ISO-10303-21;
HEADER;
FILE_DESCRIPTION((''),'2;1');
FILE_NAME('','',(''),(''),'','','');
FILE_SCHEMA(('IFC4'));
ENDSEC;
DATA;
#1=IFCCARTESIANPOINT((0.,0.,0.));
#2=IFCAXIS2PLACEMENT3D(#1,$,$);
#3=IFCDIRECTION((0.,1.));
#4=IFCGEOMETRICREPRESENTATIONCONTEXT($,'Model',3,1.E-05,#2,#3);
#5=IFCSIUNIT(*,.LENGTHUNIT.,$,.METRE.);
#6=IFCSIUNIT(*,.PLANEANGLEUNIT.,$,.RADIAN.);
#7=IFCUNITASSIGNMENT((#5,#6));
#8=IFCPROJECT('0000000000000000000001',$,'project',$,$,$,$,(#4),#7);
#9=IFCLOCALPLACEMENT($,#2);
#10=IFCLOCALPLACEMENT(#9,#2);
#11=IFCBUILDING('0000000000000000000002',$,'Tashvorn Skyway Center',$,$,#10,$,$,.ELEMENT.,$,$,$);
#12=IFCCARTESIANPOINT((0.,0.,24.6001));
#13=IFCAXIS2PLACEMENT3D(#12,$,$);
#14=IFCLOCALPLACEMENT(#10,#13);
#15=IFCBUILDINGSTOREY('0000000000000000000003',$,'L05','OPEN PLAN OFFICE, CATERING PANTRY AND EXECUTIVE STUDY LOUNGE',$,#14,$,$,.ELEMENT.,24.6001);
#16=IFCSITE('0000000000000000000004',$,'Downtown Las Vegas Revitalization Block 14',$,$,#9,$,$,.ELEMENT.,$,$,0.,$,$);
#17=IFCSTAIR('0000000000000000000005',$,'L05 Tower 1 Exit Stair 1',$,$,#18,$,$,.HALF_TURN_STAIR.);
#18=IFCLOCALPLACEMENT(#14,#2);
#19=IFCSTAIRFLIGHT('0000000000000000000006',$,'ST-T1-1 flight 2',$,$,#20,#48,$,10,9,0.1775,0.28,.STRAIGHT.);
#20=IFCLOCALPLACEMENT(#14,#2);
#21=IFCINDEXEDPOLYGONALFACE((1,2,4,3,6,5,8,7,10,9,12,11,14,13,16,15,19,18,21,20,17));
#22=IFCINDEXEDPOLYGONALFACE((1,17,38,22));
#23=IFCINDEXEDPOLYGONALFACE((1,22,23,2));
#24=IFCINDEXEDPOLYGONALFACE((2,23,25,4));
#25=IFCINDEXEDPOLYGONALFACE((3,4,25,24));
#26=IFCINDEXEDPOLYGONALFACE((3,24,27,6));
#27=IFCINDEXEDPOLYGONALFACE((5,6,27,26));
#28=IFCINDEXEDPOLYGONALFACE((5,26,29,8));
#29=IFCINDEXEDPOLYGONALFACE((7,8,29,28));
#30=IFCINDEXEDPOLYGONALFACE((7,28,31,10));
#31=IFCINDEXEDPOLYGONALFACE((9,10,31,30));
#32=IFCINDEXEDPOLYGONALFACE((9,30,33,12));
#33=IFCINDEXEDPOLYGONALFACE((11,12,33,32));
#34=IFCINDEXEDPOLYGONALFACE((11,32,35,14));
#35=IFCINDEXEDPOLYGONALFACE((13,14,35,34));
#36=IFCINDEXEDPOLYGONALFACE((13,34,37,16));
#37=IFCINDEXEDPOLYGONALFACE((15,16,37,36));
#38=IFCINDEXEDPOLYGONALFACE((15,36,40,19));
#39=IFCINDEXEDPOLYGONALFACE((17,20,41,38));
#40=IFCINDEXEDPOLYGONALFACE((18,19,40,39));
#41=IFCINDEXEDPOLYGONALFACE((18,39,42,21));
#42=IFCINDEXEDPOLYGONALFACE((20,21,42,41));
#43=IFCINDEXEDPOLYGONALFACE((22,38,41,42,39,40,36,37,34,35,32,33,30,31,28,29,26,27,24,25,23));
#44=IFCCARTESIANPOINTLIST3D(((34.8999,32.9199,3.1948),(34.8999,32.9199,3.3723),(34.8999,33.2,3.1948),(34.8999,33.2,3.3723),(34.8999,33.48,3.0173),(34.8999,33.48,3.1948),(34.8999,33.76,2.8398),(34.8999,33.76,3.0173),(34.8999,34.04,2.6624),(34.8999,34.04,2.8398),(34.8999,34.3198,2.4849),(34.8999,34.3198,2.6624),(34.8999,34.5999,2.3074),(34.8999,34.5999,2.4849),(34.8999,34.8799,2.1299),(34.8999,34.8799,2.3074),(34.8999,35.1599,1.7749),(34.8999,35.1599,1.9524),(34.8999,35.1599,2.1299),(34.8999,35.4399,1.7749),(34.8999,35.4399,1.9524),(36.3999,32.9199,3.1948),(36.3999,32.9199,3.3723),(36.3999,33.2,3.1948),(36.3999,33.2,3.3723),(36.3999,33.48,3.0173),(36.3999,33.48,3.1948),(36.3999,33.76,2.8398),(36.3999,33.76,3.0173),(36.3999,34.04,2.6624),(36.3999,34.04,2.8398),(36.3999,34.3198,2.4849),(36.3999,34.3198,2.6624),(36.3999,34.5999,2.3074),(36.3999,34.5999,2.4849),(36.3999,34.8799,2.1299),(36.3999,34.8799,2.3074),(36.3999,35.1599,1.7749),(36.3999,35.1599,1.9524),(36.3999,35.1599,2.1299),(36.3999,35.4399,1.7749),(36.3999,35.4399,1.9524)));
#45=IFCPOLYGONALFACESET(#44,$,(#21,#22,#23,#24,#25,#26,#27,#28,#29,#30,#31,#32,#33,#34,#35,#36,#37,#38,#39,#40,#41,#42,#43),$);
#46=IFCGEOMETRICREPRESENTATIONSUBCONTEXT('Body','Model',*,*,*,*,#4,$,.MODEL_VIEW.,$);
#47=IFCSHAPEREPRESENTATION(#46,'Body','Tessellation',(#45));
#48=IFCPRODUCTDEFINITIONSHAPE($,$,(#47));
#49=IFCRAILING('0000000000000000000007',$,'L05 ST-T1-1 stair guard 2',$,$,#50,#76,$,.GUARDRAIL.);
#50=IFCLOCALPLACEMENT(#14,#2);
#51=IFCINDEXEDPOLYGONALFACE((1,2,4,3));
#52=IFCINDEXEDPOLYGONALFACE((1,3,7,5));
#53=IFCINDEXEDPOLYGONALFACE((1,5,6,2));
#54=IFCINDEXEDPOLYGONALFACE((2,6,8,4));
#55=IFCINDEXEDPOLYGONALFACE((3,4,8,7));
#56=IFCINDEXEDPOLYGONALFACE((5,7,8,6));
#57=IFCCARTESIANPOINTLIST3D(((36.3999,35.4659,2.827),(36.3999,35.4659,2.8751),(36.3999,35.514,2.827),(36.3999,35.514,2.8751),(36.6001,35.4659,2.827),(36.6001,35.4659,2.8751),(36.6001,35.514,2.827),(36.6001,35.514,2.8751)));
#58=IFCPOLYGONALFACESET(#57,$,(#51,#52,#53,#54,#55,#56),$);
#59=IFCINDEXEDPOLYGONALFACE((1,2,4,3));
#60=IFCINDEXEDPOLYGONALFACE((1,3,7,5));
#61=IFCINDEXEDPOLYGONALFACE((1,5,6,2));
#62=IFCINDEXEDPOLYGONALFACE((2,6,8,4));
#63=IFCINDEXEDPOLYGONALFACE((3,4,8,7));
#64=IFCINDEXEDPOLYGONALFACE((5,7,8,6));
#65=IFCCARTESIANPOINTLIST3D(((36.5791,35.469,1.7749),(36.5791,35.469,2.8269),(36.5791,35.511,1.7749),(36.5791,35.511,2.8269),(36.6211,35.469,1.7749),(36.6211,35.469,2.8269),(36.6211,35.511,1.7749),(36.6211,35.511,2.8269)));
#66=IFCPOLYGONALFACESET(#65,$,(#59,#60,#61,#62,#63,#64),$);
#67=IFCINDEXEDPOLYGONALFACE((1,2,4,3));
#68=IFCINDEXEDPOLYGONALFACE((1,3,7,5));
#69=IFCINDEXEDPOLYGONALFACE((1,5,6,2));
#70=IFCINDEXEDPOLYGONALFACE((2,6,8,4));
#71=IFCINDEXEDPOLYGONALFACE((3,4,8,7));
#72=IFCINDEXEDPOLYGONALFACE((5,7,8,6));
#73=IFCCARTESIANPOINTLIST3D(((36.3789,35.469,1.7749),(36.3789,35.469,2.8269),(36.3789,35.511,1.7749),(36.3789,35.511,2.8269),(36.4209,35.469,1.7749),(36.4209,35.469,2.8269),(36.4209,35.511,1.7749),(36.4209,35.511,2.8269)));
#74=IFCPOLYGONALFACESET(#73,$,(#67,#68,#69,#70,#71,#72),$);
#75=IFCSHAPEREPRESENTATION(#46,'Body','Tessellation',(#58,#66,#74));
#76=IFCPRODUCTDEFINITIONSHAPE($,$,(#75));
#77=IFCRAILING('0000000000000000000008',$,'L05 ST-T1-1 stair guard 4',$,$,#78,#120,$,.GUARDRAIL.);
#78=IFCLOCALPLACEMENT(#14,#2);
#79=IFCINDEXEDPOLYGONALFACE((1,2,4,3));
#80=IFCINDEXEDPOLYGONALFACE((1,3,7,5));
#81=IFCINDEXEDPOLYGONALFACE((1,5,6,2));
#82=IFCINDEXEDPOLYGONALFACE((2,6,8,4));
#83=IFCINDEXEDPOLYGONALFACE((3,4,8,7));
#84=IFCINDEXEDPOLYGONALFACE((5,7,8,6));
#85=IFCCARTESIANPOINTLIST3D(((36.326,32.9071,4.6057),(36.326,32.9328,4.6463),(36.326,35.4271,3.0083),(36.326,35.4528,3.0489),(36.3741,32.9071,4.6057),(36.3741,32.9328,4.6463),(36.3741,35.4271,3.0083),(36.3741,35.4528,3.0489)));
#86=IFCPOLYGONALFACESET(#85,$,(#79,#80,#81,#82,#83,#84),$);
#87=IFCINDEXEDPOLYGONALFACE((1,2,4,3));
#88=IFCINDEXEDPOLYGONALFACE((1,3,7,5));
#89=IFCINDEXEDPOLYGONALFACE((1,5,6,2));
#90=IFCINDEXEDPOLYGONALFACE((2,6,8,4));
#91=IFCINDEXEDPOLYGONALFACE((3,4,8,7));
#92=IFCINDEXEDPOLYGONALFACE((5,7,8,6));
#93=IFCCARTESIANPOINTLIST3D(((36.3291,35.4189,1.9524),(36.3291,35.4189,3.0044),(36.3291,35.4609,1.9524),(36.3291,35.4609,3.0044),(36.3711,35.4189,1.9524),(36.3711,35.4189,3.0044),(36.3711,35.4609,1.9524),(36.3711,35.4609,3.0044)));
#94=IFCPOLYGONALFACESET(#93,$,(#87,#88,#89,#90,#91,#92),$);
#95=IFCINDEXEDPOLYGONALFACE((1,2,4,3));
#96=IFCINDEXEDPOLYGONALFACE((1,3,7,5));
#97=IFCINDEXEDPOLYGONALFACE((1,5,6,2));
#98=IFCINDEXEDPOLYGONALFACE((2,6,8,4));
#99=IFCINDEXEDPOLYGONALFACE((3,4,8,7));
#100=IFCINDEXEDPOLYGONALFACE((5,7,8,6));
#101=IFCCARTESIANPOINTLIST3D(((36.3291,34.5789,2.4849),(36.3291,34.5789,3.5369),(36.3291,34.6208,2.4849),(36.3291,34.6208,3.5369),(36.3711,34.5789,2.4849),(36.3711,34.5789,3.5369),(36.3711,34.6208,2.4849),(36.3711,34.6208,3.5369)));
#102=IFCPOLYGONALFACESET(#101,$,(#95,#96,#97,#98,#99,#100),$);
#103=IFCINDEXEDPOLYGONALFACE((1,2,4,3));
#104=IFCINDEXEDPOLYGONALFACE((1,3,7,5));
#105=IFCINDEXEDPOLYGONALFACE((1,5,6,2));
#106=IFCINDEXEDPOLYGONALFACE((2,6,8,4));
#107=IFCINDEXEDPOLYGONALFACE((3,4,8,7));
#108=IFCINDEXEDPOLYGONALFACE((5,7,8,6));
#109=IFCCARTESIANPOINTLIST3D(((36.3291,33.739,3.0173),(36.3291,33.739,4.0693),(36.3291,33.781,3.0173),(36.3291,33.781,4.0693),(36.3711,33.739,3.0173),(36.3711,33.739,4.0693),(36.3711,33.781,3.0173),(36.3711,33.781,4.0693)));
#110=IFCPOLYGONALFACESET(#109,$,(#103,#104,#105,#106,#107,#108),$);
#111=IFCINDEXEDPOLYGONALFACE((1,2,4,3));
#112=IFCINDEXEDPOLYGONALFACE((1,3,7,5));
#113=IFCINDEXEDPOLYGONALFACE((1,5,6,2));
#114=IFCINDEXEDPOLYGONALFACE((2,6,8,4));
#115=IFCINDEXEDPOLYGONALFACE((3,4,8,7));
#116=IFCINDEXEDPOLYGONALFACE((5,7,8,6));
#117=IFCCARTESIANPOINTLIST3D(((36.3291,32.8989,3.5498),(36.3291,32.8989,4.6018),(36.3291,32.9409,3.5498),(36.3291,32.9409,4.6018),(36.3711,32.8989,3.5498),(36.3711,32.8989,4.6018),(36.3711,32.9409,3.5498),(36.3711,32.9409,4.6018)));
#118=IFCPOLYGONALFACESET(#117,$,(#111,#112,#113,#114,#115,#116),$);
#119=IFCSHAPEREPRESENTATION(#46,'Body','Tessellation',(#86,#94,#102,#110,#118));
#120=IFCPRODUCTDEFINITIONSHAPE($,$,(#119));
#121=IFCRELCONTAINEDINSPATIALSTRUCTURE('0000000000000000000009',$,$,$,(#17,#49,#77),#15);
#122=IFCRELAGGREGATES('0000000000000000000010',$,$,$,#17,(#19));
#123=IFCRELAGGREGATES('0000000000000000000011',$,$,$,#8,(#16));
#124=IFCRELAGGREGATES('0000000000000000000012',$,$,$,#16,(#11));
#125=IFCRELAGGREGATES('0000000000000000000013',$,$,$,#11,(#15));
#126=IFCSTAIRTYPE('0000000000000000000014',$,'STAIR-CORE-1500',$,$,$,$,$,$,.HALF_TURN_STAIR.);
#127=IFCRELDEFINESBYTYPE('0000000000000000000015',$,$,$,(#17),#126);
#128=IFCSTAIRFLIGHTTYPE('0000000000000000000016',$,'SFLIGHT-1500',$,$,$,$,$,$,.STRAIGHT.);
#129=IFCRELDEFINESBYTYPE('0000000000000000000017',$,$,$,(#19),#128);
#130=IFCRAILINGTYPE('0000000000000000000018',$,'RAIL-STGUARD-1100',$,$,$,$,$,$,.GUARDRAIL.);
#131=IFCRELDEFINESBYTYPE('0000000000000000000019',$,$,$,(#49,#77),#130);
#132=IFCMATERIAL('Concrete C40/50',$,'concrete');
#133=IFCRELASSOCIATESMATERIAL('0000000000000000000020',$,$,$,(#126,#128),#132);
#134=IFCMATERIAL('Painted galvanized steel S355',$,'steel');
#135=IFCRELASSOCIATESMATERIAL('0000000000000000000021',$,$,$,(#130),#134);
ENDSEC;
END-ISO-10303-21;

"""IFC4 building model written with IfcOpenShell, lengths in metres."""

from ifc_helpers import new_model, si_unit, direction, frame, origin, origin_2d, place, context, subcontext, project, spatial, polyline, rectangle, outline, extrude, material, type_object, element, aggregate, save


model = new_model("IFC4")

# Units and contexts
model_context = context("Model", 3, precision=1e-05, world=origin(), true_north=direction((0.0, 1.0)))
body_context = subcontext(model_context, "Body", "Model", "MODEL_VIEW")
ifc_project = project(units=[si_unit("LENGTHUNIT", "METRE"), si_unit("PLANEANGLEUNIT", "RADIAN")], contexts=[model_context])

# Site, building, storey
site_placement = place(None, origin())
site = spatial("IfcSite", under=ifc_project, at=site_placement, Name="Downtown Las Vegas Revitalization Block 14", CompositionType="ELEMENT", RefElevation=0.0)
building_placement = place(site_placement, origin())
building = spatial("IfcBuilding", under=site, at=building_placement, Name="Tashvorn Skyway Center", CompositionType="ELEMENT")
storey_placement = place(building_placement, frame((0.0, 0.0, 24.6001)))
storey = spatial("IfcBuildingStorey", under=building, at=storey_placement, Name="L05", Description="OPEN PLAN OFFICE, CATERING PANTRY AND EXECUTIVE STUDY LOUNGE", CompositionType="ELEMENT", Elevation=24.6001)

# Shared definitions
ifc_material_1 = material(Name="Concrete C40/50", Category="concrete")

# Stair, stair flight
stair_type = type_object("IfcStairType", Name="STAIR-CORE-1500", PredefinedType="HALF_TURN_STAIR", material=ifc_material_1)
stair_placement = place(storey_placement, origin())
stair = element("IfcStair", 1, at=stair_placement, inside=storey, type_object=stair_type, Name="L05 Tower 1 Exit Stair 1", PredefinedType="HALF_TURN_STAIR")
stair_flight_type = type_object("IfcStairFlightType", Name="SFLIGHT-1500", PredefinedType="STRAIGHT", material=ifc_material_1)
stair_flight_placement = place(storey_placement, frame((35.6499, 35.4399, 1.7749), z_axis=(0.0, 0.0, 1.0), x_axis=(0.0, -1.0, 0.0)))
stair_flight = element("IfcStairFlight", 2, at=stair_flight_placement, type_object=stair_flight_type, Name="ST-T1-1 flight 2", NumberOfRisers=10, NumberOfTreads=9, PredefinedType="STRAIGHT", RiserHeight=0.1775, TreadLength=0.28, context=body_context, shape_type="SweptSolid", body=[
    extrude(outline(polyline([(0.0, 0.0), (0.0, 0.1775), (0.28, 0.1775), (0.28, 0.355), (0.5601, 0.355), (0.5601, 0.5325), (0.8401, 0.5325), (0.8401, 0.71), (1.1201, 0.71), (1.1201, 0.8875), (1.3999, 0.8875), (1.3999, 1.0649), (1.6799, 1.0649), (1.6799, 1.2424), (1.96, 1.2424), (1.96, 1.4199), (2.24, 1.4199), (2.24, 1.5974), (2.52, 1.5974), (2.52, 1.7749), (2.52, 1.4199), (0.28, 0.0), (0.0, 0.0)])), frame((0.0, 0.75, 0.0), z_axis=(0.0, -1.0, 0.0), x_axis=(1.0, 0.0, 0.0)), (0.0, 0.0, 1.0), 1.5),
])
aggregate(stair, [stair_flight])

# Railings
ifc_material_2 = material(Name="Painted galvanized steel S355", Category="steel")
railing_type = type_object("IfcRailingType", Name="RAIL-STGUARD-1100", PredefinedType="GUARDRAIL", material=ifc_material_2)
railing_1_placement = place(storey_placement, frame((36.6001, 35.49, 1.7749)))
element("IfcRailing", 3, at=railing_1_placement, inside=storey, type_object=railing_type, Name="L05 ST-T1-1 stair guard 2", PredefinedType="GUARDRAIL", context=body_context, shape_type="SweptSolid", body=[
    extrude(rectangle(XDim=0.0481, YDim=0.0481, at=origin_2d()), frame((0.0, 0.0, 1.0762), z_axis=(-1.0, 0.0, 0.0), x_axis=(0.0, -1.0, 0.0)), (0.0, 0.0, 1.0), 0.2002),
    extrude(rectangle(XDim=0.042, YDim=0.042, at=origin_2d()), origin(), (0.0, 0.0, 1.0), 1.052),
    extrude(rectangle(XDim=0.042, YDim=0.042, at=origin_2d()), frame((-0.2002, 0.0, 0.0)), (0.0, 0.0, 1.0), 1.052),
])
railing_2_placement = place(storey_placement, frame((36.3501, 35.4399, 1.9524)))
element("IfcRailing", 4, at=railing_2_placement, inside=storey, type_object=railing_type, Name="L05 ST-T1-1 stair guard 4", PredefinedType="GUARDRAIL", context=body_context, shape_type="SweptSolid", body=[
    extrude(rectangle(XDim=0.0481, YDim=0.0481, at=origin_2d()), frame((0.0, 0.0, 1.0762), z_axis=(0.0, -0.844607, 0.535387), x_axis=(1.0, 0.0, 0.0)), (0.0, 0.0, 1.0), 2.9836),
    extrude(rectangle(XDim=0.042, YDim=0.042, at=origin_2d()), origin(), (0.0, 0.0, 1.0), 1.052),
    extrude(rectangle(XDim=0.042, YDim=0.042, at=origin_2d()), frame((0.0, -0.8401, 0.5325)), (0.0, 0.0, 1.0), 1.052),
    extrude(rectangle(XDim=0.042, YDim=0.042, at=origin_2d()), frame((0.0, -1.6799, 1.0649)), (0.0, 0.0, 1.0), 1.052),
    extrude(rectangle(XDim=0.042, YDim=0.042, at=origin_2d()), frame((0.0, -2.52, 1.5974)), (0.0, 0.0, 1.0), 1.052),
])

save(model, "model.ifc")
